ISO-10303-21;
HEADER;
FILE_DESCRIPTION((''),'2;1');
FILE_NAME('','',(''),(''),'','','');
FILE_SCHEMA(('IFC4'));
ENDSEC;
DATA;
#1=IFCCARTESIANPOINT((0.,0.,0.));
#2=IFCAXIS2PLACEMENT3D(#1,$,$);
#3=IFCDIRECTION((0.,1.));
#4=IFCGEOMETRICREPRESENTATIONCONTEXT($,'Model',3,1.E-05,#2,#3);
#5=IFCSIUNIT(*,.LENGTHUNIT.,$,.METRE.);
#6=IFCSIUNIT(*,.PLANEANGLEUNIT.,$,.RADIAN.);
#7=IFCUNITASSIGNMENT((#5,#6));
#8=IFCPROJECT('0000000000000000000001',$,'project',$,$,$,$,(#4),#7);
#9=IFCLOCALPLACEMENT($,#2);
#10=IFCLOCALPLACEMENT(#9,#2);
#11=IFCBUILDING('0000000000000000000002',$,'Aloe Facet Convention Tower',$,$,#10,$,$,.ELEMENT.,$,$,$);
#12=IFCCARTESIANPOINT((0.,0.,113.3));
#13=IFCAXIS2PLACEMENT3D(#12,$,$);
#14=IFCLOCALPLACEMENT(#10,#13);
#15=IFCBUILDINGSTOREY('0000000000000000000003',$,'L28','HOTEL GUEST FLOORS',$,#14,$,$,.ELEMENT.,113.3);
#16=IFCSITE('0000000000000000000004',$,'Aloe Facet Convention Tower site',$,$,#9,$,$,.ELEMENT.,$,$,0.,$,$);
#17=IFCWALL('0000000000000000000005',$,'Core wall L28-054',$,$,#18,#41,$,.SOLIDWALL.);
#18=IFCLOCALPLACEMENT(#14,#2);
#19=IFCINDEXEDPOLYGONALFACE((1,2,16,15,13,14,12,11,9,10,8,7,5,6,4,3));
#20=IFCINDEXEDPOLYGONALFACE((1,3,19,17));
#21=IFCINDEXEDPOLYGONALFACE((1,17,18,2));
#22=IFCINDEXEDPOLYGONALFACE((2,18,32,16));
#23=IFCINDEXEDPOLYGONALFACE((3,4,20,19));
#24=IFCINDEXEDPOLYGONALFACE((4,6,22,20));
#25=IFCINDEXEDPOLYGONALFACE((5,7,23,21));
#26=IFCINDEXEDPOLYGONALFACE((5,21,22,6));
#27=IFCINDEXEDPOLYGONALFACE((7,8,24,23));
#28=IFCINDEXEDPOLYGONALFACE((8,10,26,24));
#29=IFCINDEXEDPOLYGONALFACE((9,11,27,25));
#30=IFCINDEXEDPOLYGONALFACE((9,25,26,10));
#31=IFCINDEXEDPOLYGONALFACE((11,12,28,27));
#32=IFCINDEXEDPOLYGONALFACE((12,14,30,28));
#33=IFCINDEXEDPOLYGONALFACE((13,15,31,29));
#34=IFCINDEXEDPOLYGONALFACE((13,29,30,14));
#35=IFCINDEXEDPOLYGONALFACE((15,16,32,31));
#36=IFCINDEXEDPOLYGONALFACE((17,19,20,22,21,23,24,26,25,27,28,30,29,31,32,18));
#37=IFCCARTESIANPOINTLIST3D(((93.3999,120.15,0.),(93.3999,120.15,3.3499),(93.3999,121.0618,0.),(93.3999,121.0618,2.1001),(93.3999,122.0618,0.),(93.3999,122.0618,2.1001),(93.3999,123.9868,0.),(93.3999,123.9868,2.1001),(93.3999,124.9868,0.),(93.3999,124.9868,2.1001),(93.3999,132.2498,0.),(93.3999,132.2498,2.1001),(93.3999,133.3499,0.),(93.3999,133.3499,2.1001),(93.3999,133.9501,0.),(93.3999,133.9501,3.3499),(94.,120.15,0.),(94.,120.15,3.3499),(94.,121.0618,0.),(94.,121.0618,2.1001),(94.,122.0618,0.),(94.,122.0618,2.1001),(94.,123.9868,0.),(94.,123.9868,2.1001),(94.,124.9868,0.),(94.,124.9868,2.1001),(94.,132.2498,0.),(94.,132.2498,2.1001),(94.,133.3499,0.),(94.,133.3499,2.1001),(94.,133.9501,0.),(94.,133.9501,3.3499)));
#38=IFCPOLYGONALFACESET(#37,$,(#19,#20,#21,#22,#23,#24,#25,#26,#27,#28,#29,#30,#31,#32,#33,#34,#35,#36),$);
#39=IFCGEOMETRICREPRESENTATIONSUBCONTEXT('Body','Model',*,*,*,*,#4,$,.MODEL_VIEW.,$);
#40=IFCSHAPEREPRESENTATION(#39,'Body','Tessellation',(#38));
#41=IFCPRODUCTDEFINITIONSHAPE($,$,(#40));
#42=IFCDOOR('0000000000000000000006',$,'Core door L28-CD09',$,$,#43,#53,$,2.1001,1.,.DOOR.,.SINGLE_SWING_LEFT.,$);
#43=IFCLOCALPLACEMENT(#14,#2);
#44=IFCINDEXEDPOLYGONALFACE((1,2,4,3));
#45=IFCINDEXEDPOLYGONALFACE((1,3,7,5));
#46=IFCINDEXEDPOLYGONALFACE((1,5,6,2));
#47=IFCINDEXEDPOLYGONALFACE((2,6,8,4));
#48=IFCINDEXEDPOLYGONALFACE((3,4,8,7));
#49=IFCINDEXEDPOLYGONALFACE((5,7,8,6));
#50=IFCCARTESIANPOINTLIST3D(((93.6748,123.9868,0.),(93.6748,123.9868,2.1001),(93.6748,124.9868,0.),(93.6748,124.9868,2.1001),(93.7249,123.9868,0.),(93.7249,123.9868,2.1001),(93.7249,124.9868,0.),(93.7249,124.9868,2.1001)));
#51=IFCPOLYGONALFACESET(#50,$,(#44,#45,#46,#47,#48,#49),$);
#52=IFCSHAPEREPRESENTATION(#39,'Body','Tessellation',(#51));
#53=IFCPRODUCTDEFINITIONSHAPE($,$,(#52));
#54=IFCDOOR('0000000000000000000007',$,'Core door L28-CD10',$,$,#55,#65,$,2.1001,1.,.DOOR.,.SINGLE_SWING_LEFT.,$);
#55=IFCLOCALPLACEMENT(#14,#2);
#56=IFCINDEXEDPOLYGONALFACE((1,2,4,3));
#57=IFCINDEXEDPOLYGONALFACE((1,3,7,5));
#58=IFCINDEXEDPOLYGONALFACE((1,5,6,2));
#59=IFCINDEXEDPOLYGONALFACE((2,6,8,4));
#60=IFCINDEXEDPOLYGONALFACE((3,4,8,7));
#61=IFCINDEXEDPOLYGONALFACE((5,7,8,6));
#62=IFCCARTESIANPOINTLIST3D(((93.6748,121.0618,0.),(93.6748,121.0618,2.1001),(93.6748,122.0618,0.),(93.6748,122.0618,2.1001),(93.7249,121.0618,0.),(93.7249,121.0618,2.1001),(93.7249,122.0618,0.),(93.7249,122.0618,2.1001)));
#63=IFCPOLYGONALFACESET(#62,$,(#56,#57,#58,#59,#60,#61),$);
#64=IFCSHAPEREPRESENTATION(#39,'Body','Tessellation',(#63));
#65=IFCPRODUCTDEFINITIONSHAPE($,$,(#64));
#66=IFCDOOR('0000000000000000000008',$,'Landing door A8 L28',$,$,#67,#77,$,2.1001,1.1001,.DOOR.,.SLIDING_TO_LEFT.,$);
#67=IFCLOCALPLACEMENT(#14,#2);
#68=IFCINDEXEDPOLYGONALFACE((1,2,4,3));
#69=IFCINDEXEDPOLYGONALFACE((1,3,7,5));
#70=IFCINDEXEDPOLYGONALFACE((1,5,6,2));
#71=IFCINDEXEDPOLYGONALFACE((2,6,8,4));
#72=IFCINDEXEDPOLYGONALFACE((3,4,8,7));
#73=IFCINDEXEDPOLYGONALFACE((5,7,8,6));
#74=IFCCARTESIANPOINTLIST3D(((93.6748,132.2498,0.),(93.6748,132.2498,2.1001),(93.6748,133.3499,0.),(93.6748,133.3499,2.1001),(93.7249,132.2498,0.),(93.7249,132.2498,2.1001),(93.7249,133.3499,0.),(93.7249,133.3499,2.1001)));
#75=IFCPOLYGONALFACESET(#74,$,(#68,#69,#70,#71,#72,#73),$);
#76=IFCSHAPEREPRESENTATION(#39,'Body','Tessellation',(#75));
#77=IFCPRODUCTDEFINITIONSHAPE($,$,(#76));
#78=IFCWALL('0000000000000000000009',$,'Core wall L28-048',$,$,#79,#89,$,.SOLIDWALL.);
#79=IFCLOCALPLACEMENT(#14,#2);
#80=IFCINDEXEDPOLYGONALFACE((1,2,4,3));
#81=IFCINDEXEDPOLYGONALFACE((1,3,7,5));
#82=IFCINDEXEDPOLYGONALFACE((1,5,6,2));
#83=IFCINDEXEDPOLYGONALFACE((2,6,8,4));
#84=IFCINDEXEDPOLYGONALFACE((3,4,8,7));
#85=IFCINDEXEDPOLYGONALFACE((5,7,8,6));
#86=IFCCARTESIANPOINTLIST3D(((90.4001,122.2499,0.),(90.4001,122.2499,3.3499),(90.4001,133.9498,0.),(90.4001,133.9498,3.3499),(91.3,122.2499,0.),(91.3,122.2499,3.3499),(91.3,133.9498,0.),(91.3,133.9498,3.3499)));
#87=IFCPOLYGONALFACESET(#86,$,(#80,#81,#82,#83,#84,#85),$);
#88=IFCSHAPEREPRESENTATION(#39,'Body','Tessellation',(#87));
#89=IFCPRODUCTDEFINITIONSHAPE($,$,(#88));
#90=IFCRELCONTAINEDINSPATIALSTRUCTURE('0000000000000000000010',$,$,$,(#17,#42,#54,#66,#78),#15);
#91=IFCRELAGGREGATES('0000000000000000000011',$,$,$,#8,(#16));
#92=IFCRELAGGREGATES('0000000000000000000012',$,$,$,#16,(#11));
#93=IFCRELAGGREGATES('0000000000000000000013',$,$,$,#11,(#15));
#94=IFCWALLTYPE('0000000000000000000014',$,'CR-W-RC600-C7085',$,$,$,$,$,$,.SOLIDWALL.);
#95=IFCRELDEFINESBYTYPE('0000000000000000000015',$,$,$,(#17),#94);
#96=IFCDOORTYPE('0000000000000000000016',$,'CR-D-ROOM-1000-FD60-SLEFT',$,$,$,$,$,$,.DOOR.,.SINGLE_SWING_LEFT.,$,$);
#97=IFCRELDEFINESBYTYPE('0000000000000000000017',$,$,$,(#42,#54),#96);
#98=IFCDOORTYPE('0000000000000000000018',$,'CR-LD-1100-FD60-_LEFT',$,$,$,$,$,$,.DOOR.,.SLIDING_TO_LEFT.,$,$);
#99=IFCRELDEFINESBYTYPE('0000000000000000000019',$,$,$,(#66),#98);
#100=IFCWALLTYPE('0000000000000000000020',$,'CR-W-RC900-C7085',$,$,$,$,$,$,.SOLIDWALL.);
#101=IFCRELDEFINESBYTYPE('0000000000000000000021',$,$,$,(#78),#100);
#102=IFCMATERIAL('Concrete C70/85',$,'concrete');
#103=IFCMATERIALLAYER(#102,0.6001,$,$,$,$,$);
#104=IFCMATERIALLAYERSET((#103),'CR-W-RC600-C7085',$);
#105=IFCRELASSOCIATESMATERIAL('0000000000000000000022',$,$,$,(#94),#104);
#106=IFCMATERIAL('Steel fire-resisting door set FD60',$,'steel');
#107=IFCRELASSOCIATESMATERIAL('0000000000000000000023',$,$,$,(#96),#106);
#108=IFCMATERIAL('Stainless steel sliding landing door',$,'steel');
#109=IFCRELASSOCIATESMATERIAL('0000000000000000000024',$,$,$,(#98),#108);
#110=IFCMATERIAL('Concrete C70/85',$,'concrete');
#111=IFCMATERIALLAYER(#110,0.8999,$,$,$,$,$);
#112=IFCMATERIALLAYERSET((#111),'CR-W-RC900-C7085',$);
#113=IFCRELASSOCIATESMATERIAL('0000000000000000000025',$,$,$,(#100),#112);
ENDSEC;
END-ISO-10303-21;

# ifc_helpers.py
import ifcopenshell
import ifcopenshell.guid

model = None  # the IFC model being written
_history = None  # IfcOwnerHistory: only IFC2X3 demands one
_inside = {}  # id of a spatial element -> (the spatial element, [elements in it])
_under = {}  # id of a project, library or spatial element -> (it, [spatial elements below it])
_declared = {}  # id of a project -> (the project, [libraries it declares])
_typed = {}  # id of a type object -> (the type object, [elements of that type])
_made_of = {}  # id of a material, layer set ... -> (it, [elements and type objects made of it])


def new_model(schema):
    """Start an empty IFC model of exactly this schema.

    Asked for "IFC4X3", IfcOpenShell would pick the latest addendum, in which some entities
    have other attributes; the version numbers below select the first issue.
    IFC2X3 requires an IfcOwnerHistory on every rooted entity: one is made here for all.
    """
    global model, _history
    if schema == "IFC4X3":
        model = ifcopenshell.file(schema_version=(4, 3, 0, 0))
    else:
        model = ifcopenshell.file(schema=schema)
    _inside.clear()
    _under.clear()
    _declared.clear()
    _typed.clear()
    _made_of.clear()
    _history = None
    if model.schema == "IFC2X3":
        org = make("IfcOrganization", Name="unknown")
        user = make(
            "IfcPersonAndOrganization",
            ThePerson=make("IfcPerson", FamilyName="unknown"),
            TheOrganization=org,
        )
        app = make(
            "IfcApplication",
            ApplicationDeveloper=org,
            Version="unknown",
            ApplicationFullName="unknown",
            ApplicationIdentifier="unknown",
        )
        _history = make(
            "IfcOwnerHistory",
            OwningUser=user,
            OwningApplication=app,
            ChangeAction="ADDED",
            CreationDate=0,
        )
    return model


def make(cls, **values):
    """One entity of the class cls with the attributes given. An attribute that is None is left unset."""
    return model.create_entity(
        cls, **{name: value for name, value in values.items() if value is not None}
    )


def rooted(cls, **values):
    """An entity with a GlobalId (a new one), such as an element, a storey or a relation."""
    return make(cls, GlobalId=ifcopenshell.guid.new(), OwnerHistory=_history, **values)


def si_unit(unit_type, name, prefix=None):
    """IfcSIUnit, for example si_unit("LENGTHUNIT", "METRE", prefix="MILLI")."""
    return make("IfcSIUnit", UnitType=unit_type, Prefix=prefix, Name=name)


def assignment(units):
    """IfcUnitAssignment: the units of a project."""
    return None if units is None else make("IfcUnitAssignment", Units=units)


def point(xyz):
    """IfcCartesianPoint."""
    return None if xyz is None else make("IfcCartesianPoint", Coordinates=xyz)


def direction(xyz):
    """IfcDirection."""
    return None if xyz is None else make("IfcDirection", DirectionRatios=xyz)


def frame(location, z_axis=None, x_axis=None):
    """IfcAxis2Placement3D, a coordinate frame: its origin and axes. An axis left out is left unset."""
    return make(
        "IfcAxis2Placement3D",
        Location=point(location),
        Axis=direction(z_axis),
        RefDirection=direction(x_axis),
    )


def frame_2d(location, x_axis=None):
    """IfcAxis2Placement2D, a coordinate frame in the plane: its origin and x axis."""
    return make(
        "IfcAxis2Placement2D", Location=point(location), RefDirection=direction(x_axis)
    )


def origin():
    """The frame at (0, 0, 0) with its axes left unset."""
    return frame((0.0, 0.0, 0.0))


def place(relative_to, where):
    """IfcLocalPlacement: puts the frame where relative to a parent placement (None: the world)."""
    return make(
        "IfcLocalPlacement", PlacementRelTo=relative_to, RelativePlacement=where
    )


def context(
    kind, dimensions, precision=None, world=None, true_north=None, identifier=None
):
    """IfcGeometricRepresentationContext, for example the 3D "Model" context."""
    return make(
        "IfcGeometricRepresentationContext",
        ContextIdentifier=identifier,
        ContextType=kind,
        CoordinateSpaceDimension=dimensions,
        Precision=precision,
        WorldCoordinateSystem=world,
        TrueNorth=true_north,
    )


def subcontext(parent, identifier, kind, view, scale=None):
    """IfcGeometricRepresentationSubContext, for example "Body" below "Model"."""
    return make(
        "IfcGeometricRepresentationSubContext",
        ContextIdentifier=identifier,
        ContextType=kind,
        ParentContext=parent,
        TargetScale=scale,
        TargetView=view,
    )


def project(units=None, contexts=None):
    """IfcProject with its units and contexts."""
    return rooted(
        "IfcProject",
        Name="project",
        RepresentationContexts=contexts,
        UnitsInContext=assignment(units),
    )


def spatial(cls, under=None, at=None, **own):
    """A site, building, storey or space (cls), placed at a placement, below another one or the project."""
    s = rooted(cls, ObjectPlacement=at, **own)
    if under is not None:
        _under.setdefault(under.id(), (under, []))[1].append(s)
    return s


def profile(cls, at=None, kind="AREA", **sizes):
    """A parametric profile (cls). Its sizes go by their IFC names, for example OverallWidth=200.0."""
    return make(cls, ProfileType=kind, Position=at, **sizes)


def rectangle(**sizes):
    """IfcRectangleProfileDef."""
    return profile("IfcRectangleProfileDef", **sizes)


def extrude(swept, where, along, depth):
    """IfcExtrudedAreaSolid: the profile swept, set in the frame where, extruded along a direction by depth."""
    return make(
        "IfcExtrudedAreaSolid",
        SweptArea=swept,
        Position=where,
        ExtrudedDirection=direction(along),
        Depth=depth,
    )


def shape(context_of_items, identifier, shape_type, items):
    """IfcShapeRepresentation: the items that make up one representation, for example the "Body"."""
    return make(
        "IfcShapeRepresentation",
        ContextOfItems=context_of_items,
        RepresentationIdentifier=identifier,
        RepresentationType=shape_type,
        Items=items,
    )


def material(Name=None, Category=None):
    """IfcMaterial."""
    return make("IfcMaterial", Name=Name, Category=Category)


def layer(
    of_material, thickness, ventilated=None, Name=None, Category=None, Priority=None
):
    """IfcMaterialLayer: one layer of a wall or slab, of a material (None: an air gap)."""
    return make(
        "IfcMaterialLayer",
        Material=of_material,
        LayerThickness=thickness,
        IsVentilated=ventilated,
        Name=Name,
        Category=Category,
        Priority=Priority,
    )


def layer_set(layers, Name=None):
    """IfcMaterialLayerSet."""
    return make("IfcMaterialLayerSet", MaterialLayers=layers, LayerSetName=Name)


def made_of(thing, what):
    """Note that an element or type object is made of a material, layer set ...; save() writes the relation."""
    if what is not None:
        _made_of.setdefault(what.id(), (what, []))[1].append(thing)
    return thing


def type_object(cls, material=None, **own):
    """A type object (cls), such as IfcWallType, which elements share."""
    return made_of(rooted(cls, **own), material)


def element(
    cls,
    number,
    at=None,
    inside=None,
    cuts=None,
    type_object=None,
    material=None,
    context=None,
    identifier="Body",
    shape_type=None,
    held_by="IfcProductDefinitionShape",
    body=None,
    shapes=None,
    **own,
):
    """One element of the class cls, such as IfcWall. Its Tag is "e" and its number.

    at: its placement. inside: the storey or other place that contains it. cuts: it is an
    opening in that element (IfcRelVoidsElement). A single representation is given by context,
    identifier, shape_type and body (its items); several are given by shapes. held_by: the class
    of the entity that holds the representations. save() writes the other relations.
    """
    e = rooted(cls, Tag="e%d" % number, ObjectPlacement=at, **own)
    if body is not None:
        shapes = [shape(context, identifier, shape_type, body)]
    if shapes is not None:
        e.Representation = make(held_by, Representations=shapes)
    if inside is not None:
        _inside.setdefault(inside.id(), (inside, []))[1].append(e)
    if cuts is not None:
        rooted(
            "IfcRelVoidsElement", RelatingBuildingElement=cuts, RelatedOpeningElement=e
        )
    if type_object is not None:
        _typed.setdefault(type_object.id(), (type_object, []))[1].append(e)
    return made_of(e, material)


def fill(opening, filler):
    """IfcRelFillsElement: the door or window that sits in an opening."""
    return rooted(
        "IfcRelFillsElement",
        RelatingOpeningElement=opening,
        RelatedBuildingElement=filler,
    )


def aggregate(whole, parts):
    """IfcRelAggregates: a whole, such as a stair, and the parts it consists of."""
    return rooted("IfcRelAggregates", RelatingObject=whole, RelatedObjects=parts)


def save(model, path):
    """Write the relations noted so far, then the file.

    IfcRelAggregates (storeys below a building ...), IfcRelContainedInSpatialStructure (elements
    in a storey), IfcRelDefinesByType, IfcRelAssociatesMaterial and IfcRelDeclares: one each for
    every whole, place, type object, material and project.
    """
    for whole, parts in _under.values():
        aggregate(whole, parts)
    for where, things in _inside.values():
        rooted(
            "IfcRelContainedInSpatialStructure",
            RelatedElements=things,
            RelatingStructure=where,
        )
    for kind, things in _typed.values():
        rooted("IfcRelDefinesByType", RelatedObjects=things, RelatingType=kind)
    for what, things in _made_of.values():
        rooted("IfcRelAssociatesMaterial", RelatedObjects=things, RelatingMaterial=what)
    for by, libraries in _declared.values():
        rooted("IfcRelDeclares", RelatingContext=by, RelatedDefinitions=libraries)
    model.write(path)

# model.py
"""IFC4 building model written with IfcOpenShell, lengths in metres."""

from ifc_helpers import new_model, si_unit, direction, frame, frame_2d, origin, place, context, subcontext, project, spatial, rectangle, extrude, material, layer, layer_set, type_object, element, fill, save


model = new_model("IFC4")

# Units and contexts
model_context = context("Model", 3, precision=1e-05, world=origin(), true_north=direction((0.0, 1.0)))
body_context = subcontext(model_context, "Body", "Model", "MODEL_VIEW")
ifc_project = project(units=[si_unit("LENGTHUNIT", "METRE"), si_unit("PLANEANGLEUNIT", "RADIAN")], contexts=[model_context])

# Site, building, storey
site_placement = place(None, origin())
site = spatial("IfcSite", under=ifc_project, at=site_placement, Name="Aloe Facet Convention Tower site", CompositionType="ELEMENT", RefElevation=0.0)
building_placement = place(site_placement, origin())
building = spatial("IfcBuilding", under=site, at=building_placement, Name="Aloe Facet Convention Tower", CompositionType="ELEMENT")
storey_placement = place(building_placement, frame((0.0, 0.0, 113.3)))
storey = spatial("IfcBuildingStorey", under=building, at=storey_placement, Name="L28", Description="HOTEL GUEST FLOORS", CompositionType="ELEMENT", Elevation=113.3)

# Wall, openings, doors
ifc_material_1 = material(Name="Concrete C70/85", Category="concrete")
ifc_layer_1 = layer(ifc_material_1, 0.6001)
ifc_layer_set_1 = layer_set([ifc_layer_1], Name="CR-W-RC600-C7085")
wall_type_1 = type_object("IfcWallType", Name="CR-W-RC600-C7085", PredefinedType="SOLIDWALL", material=ifc_layer_set_1)
wall_1_placement = place(storey_placement, frame((93.7, 133.95, 0.0), z_axis=(0.0, 0.0, 1.0), x_axis=(0.0, -1.0, 0.0)))
wall_1 = element("IfcWall", 1, at=wall_1_placement, inside=storey, type_object=wall_type_1, Name="Core wall L28-054", PredefinedType="SOLIDWALL", context=body_context, shape_type="SweptSolid", body=[
    extrude(rectangle(XDim=13.8, YDim=0.6001, at=frame_2d((6.8999, 0.0))), origin(), (0.0, 0.0, 1.0), 3.3499),
])
opening_1_placement = place(wall_1_placement, frame((0.6001, 0.0, 0.0)))
opening_1 = element("IfcOpeningElement", 2, at=opening_1_placement, cuts=wall_1, PredefinedType="OPENING", context=body_context, shape_type="SweptSolid", body=[
    extrude(rectangle(XDim=1.1001, YDim=2.1001, at=frame_2d((0.55, 1.05))), frame((0.0, 0.3101, 0.0), z_axis=(0.0, -1.0, 0.0), x_axis=(1.0, 0.0, 0.0)), (0.0, 0.0, 1.0), 0.6201),
])
opening_2_placement = place(wall_1_placement, frame((8.9631, 0.0, 0.0)))
opening_2 = element("IfcOpeningElement", 3, at=opening_2_placement, cuts=wall_1, PredefinedType="OPENING", context=body_context, shape_type="SweptSolid", body=[
    extrude(rectangle(XDim=1.0, YDim=2.1001, at=frame_2d((0.5, 1.05))), frame((0.0, 0.3101, 0.0), z_axis=(0.0, -1.0, 0.0), x_axis=(1.0, 0.0, 0.0)), (0.0, 0.0, 1.0), 0.6201),
])
opening_3_placement = place(wall_1_placement, frame((11.8882, 0.0, 0.0)))
opening_3 = element("IfcOpeningElement", 4, at=opening_3_placement, cuts=wall_1, PredefinedType="OPENING", context=body_context, shape_type="SweptSolid", body=[
    extrude(rectangle(XDim=1.0, YDim=2.1001, at=frame_2d((0.5, 1.05))), frame((0.0, 0.3101, 0.0), z_axis=(0.0, -1.0, 0.0), x_axis=(1.0, 0.0, 0.0)), (0.0, 0.0, 1.0), 0.6201),
])
ifc_material_2 = material(Name="Steel fire-resisting door set FD60", Category="steel")
door_type_1 = type_object("IfcDoorType", Name="CR-D-ROOM-1000-FD60-SLEFT", OperationType="SINGLE_SWING_LEFT", PredefinedType="DOOR", material=ifc_material_2)
door_1_placement = place(opening_2_placement, origin())
door_1 = element("IfcDoor", 5, at=door_1_placement, inside=storey, type_object=door_type_1, Name="Core door L28-CD09", OperationType="SINGLE_SWING_LEFT", OverallHeight=2.1001, OverallWidth=1.0, PredefinedType="DOOR", context=body_context, shape_type="SweptSolid", body=[
    extrude(rectangle(XDim=1.0, YDim=2.1001, at=frame_2d((0.5, 1.05))), frame((0.0, 0.0249, 0.0), z_axis=(0.0, -1.0, 0.0), x_axis=(1.0, 0.0, 0.0)), (0.0, 0.0, 1.0), 0.05),
])
fill(opening_2, door_1)
door_2_placement = place(opening_3_placement, origin())
door_2 = element("IfcDoor", 6, at=door_2_placement, inside=storey, type_object=door_type_1, Name="Core door L28-CD10", OperationType="SINGLE_SWING_LEFT", OverallHeight=2.1001, OverallWidth=1.0, PredefinedType="DOOR", context=body_context, shape_type="SweptSolid", body=[
    extrude(rectangle(XDim=1.0, YDim=2.1001, at=frame_2d((0.5, 1.05))), frame((0.0, 0.0249, 0.0), z_axis=(0.0, -1.0, 0.0), x_axis=(1.0, 0.0, 0.0)), (0.0, 0.0, 1.0), 0.05),
])
fill(opening_3, door_2)
ifc_material_3 = material(Name="Stainless steel sliding landing door", Category="steel")
door_type_2 = type_object("IfcDoorType", Name="CR-LD-1100-FD60-_LEFT", OperationType="SLIDING_TO_LEFT", PredefinedType="DOOR", material=ifc_material_3)
door_3_placement = place(opening_1_placement, origin())
door_3 = element("IfcDoor", 7, at=door_3_placement, inside=storey, type_object=door_type_2, Name="Landing door A8 L28", OperationType="SLIDING_TO_LEFT", OverallHeight=2.1001, OverallWidth=1.1001, PredefinedType="DOOR", context=body_context, shape_type="SweptSolid", body=[
    extrude(rectangle(XDim=1.1001, YDim=2.1001, at=frame_2d((0.55, 1.05))), frame((0.0, 0.0249, 0.0), z_axis=(0.0, -1.0, 0.0), x_axis=(1.0, 0.0, 0.0)), (0.0, 0.0, 1.0), 0.05),
])
fill(opening_1, door_3)

# Wall
ifc_material_4 = material(Name="Concrete C70/85", Category="concrete")
ifc_layer_2 = layer(ifc_material_4, 0.8999)
ifc_layer_set_2 = layer_set([ifc_layer_2], Name="CR-W-RC900-C7085")
wall_type_2 = type_object("IfcWallType", Name="CR-W-RC900-C7085", PredefinedType="SOLIDWALL", material=ifc_layer_set_2)
wall_2_placement = place(storey_placement, frame((90.8501, 133.95, 0.0), z_axis=(0.0, 0.0, 1.0), x_axis=(0.0, -1.0, 0.0)))
element("IfcWall", 8, at=wall_2_placement, inside=storey, type_object=wall_type_2, Name="Core wall L28-048", PredefinedType="SOLIDWALL", context=body_context, shape_type="SweptSolid", body=[
    extrude(rectangle(XDim=11.7, YDim=0.8999, at=frame_2d((5.8501, 0.0))), origin(), (0.0, 0.0, 1.0), 3.3499),
])

save(model, "model.ifc")
